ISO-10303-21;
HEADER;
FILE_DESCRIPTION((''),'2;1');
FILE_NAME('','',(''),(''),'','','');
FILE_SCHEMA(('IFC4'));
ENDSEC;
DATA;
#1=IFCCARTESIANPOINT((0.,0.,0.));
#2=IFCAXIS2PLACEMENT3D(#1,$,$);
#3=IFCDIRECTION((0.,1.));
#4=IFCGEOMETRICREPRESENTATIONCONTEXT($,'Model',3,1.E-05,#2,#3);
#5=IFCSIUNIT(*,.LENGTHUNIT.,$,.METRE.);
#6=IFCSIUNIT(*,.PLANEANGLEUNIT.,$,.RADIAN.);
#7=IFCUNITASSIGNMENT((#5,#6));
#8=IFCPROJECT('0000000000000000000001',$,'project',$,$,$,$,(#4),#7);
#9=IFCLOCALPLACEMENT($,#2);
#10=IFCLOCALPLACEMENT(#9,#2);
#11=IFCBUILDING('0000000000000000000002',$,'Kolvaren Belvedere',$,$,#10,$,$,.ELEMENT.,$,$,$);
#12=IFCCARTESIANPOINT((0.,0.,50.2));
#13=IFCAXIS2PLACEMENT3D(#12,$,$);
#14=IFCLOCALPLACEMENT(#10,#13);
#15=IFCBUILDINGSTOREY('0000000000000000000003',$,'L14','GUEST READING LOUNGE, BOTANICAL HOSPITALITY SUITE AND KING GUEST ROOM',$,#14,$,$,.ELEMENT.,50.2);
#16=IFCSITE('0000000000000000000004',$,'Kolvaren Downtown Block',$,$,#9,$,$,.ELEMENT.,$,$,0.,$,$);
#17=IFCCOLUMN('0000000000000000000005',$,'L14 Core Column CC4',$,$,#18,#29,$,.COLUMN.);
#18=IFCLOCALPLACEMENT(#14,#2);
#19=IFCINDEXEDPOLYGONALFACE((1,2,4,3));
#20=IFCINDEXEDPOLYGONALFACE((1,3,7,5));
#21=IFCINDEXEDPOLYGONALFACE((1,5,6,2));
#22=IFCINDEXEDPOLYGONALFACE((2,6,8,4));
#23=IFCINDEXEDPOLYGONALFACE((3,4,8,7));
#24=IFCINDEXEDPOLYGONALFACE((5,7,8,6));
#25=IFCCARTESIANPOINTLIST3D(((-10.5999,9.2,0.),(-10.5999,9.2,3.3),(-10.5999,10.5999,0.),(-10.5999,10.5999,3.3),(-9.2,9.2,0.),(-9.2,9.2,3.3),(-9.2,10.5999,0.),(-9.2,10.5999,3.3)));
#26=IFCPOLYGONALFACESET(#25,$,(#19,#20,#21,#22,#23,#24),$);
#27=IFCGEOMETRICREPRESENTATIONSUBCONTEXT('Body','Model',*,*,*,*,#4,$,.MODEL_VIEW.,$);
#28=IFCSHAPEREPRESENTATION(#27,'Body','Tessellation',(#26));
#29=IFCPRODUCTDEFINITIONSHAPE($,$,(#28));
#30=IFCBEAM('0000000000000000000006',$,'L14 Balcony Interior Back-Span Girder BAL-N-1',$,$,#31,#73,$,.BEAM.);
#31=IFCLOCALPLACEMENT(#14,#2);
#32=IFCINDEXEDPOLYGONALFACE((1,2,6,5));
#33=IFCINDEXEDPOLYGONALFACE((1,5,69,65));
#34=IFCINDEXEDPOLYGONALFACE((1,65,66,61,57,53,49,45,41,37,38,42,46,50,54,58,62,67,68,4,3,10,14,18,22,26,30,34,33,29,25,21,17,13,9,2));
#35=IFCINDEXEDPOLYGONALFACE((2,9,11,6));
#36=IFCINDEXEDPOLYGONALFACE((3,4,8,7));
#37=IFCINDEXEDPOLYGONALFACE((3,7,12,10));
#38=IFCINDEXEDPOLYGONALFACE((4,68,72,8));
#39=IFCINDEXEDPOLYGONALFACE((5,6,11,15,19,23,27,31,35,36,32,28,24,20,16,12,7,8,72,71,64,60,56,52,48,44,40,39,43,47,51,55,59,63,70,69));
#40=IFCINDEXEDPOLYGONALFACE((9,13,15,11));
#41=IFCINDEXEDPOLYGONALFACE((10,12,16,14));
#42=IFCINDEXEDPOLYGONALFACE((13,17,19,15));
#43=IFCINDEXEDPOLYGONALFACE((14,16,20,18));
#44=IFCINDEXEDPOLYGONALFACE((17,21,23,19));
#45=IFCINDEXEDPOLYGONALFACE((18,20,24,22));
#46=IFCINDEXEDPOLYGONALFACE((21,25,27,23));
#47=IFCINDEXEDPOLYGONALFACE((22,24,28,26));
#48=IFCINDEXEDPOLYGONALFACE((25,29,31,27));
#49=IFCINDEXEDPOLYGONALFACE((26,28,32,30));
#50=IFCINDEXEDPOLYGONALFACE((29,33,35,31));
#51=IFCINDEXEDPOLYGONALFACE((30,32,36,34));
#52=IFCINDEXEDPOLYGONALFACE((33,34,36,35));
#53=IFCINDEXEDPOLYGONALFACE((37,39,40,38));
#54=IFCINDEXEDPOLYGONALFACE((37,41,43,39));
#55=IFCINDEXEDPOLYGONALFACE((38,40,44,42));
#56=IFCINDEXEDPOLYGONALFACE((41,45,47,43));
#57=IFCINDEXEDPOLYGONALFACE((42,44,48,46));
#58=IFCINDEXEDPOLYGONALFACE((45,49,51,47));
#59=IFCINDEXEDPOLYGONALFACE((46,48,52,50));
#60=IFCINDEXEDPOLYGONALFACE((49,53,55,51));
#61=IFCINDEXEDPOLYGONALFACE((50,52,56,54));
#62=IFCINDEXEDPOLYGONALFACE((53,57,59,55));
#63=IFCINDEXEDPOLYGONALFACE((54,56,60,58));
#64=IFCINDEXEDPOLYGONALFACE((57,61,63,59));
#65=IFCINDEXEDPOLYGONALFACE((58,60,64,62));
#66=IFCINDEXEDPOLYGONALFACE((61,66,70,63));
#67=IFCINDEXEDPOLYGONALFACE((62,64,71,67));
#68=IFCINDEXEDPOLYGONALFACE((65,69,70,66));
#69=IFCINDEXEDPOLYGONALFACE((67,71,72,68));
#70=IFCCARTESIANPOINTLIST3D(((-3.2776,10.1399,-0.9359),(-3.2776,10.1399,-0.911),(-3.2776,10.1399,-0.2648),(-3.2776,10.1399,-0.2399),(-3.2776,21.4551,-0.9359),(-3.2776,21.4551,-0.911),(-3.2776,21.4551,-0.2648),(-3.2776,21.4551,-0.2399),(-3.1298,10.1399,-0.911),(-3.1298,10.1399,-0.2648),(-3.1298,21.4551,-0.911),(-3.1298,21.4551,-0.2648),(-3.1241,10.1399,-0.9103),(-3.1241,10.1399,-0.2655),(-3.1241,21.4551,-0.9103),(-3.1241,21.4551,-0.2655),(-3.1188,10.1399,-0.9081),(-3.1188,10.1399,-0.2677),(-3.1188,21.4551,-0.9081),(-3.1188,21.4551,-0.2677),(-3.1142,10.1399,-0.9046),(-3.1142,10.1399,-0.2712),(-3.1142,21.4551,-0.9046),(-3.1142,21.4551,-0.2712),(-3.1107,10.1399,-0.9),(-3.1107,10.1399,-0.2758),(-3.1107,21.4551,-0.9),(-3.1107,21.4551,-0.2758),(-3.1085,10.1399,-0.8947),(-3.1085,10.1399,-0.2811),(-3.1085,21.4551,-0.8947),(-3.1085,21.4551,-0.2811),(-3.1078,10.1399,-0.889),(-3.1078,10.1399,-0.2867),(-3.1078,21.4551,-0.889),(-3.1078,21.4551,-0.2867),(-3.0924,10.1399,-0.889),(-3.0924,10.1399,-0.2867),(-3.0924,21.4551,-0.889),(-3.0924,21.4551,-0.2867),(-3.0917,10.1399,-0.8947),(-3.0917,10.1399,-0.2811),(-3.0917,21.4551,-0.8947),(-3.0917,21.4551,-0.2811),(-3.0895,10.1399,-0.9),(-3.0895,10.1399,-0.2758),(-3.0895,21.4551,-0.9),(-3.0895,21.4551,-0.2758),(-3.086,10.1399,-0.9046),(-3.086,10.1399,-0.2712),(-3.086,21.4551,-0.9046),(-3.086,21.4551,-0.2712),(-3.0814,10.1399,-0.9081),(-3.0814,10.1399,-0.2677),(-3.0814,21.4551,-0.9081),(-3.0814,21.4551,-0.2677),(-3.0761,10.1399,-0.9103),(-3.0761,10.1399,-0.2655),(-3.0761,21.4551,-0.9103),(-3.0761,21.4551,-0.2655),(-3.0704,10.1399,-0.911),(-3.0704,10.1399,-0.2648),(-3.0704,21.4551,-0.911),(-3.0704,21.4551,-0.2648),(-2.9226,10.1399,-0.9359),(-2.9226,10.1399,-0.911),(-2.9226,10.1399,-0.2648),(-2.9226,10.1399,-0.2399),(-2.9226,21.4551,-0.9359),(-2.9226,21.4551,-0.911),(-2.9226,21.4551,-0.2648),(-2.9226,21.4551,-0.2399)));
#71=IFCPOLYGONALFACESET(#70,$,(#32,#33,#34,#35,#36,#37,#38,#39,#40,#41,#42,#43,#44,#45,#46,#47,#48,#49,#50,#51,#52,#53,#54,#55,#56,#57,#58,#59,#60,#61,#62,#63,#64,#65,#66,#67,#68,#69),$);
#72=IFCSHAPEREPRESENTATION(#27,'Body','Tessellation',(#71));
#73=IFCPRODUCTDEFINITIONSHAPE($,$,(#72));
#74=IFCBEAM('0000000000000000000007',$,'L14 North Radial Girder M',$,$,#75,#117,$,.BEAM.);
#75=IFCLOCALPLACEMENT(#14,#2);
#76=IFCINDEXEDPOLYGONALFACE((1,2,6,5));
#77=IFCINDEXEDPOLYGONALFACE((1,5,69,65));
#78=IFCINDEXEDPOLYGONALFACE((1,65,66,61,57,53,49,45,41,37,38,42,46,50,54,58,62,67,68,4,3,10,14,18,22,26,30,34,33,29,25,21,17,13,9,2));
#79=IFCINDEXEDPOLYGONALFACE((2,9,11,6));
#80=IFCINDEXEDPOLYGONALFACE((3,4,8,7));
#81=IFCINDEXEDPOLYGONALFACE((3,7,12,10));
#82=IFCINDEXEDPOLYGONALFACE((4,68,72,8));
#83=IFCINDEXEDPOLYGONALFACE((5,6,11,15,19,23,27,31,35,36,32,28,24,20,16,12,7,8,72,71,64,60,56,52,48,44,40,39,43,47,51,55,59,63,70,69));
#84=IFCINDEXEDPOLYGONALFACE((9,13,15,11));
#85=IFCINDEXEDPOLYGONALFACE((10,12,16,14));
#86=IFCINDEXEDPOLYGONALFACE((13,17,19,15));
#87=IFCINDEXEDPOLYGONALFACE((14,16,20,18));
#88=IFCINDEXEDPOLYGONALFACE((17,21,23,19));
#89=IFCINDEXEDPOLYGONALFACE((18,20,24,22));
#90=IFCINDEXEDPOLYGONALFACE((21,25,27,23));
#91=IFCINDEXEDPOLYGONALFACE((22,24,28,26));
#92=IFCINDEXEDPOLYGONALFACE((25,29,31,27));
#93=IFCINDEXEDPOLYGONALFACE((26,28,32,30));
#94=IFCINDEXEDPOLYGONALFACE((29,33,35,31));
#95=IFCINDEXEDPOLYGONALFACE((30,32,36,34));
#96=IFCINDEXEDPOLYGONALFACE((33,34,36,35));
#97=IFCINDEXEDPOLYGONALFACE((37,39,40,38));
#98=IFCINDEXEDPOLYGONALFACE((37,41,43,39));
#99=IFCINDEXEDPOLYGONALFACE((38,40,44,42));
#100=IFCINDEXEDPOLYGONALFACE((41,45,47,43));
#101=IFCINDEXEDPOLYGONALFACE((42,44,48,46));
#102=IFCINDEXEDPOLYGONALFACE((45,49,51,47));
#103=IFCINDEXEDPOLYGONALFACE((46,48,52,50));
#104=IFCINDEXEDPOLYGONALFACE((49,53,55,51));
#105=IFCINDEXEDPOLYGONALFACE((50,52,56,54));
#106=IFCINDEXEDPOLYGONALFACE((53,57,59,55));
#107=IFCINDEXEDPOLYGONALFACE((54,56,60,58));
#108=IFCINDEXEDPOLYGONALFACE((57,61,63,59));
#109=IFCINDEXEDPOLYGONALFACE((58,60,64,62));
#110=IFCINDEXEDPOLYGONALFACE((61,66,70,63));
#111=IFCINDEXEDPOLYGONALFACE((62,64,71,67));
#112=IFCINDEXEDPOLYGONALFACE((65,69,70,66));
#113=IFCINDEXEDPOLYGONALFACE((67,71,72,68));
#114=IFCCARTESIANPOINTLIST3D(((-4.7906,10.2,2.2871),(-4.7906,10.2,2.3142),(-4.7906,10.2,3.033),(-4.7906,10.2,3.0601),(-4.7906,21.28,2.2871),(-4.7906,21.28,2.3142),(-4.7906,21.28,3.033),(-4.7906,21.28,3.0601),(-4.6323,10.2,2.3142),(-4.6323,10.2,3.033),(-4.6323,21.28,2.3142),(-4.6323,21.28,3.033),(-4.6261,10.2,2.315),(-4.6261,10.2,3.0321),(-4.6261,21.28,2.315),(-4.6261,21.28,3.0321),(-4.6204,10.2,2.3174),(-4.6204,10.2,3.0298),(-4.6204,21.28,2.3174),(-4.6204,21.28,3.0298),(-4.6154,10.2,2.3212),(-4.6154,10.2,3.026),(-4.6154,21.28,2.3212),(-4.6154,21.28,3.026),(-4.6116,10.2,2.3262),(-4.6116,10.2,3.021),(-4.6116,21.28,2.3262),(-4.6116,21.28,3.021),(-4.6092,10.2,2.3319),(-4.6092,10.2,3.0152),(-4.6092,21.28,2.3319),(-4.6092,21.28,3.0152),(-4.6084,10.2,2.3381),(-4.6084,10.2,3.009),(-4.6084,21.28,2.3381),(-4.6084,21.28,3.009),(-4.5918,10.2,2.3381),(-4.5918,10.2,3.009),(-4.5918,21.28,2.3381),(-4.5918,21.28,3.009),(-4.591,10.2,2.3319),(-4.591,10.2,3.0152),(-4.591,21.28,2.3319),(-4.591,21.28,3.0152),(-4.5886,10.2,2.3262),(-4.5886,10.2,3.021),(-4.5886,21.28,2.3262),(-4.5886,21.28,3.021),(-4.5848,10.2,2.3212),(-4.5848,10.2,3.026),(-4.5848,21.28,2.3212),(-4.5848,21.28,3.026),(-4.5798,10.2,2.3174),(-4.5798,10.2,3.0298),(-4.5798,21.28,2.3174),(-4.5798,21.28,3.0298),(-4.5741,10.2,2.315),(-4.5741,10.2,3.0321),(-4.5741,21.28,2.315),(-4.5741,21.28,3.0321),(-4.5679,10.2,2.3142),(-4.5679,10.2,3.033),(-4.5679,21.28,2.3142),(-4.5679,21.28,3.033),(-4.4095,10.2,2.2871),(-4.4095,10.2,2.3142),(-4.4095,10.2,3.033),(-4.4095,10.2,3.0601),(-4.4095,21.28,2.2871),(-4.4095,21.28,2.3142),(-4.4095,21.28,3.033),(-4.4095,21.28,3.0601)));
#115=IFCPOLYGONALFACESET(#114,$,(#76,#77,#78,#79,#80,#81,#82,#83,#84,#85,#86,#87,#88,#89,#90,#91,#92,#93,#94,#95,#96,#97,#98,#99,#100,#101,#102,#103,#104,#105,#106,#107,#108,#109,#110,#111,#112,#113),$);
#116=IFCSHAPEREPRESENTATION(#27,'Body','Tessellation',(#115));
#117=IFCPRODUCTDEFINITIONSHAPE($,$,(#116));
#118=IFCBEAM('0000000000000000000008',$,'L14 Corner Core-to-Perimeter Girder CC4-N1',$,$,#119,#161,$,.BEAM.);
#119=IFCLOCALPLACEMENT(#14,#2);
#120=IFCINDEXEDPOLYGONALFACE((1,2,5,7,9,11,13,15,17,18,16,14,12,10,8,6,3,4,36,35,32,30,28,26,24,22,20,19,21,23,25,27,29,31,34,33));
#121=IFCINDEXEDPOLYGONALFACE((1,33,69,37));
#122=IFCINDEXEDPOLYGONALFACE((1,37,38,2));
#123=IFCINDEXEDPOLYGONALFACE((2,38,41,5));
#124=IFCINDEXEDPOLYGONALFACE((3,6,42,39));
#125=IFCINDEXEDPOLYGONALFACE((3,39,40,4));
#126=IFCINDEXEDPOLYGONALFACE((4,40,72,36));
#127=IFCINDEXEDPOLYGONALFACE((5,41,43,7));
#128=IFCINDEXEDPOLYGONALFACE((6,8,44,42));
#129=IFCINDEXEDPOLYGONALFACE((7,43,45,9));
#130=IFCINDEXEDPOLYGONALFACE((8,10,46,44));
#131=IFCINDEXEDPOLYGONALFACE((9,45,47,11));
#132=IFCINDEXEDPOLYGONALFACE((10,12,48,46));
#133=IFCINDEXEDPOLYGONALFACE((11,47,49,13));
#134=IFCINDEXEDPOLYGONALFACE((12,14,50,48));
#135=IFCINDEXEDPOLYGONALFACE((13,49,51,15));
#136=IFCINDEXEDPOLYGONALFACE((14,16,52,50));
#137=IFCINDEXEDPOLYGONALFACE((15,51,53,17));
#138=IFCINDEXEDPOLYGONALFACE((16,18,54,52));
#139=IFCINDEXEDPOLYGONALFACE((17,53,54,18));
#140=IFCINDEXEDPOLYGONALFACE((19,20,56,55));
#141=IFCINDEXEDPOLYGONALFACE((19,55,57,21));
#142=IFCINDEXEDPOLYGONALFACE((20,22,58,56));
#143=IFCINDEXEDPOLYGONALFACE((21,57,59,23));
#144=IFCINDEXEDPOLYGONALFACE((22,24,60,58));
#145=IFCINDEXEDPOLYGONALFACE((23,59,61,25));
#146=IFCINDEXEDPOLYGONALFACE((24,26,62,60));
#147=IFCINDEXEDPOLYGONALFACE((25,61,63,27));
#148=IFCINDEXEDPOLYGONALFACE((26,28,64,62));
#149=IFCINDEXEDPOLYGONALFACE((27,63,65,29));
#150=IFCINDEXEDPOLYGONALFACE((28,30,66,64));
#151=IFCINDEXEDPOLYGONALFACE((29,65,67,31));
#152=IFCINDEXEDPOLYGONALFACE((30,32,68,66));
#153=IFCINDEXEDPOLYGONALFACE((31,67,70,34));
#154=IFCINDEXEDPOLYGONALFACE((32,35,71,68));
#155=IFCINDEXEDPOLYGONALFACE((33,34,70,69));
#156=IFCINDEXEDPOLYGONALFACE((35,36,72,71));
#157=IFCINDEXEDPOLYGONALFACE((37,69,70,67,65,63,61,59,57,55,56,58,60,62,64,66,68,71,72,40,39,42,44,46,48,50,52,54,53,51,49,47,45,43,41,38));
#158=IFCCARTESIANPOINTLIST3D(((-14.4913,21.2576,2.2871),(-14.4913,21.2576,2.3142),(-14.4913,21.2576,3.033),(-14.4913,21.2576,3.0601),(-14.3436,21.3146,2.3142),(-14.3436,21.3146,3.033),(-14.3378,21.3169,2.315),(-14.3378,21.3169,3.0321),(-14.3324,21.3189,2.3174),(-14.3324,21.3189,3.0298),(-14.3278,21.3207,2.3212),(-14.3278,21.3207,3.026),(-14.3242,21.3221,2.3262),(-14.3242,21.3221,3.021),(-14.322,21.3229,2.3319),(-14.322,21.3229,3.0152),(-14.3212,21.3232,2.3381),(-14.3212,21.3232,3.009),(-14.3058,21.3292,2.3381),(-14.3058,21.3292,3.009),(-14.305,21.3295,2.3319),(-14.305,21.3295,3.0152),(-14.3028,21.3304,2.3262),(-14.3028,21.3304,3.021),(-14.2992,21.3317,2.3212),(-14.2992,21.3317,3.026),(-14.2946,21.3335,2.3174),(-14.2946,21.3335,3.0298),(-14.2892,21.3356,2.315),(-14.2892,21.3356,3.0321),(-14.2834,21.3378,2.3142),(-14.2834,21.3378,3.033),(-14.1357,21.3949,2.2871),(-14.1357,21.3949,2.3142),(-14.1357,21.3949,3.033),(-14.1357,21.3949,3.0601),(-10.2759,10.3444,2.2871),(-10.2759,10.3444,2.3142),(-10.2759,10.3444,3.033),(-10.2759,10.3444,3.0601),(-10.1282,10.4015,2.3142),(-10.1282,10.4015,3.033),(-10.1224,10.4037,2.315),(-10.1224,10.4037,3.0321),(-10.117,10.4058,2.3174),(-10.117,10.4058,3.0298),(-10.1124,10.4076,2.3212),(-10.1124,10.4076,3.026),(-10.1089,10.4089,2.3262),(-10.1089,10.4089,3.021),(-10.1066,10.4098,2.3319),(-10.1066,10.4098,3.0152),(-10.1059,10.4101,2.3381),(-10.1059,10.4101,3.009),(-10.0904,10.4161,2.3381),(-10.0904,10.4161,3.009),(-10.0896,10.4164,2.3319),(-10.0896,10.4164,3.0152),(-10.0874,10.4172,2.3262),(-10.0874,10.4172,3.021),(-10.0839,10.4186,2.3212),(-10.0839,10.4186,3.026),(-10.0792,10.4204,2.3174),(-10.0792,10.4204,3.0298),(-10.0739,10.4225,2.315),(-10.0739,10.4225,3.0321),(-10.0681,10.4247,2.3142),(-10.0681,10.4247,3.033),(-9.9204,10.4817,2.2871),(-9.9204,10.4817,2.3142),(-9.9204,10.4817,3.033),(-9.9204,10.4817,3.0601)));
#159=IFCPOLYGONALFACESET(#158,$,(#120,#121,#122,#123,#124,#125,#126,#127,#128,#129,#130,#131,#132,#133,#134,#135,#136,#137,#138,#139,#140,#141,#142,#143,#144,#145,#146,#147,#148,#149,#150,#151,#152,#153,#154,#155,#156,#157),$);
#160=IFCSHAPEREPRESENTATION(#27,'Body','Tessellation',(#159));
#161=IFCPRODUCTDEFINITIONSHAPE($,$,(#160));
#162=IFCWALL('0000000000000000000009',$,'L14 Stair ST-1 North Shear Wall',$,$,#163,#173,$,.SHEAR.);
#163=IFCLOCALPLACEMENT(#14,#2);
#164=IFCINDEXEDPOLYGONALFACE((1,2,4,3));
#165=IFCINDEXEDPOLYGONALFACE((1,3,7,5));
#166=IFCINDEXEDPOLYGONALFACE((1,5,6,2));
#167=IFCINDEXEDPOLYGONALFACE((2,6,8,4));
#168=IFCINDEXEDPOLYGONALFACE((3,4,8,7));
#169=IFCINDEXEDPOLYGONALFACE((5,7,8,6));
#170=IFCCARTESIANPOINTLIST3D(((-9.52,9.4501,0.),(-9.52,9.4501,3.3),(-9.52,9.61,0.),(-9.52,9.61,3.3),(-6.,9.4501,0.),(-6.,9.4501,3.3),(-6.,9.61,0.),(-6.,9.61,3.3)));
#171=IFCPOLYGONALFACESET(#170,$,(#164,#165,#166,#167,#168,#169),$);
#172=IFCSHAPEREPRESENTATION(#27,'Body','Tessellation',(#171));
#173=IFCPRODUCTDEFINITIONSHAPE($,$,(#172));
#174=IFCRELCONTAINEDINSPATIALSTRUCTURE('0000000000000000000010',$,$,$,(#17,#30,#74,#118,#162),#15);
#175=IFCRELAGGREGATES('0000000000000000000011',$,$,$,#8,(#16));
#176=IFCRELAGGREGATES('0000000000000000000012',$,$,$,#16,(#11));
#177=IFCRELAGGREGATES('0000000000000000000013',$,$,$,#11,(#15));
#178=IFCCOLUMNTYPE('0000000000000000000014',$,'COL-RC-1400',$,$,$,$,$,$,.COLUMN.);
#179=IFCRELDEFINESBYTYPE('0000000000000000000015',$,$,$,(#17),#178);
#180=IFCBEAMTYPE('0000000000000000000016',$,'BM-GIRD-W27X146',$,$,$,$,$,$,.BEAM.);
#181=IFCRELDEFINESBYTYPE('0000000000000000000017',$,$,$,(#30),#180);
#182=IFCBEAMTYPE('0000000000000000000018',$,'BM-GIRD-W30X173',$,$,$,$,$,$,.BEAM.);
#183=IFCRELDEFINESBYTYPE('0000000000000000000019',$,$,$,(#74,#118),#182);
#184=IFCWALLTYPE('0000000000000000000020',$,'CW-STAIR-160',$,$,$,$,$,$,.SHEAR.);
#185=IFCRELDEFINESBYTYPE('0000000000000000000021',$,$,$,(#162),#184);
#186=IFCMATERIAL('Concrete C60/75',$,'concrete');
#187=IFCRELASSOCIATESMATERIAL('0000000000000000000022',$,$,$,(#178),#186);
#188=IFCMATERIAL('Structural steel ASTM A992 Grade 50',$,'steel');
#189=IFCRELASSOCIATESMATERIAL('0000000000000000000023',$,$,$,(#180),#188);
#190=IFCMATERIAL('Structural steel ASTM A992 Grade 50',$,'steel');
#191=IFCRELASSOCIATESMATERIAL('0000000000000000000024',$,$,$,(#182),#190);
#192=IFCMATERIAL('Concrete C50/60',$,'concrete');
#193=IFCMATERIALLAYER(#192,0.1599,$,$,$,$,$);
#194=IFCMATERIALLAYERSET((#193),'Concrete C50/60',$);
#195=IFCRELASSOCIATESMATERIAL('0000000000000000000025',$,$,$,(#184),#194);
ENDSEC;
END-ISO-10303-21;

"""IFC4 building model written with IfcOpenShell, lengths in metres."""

from ifc_helpers import new_model, si_unit, direction, frame, frame_2d, origin, origin_2d, place, context, subcontext, project, spatial, rectangle, i_section, extrude, material, layer, layer_set, material_profile, profile_set, type_object, element, save


model = new_model("IFC4")

# Units and contexts
model_context = context("Model", 3, precision=1e-05, world=origin(), true_north=direction((0.0, 1.0)))
body_context = subcontext(model_context, "Body", "Model", "MODEL_VIEW")
ifc_project = project(units=[si_unit("LENGTHUNIT", "METRE"), si_unit("PLANEANGLEUNIT", "RADIAN")], contexts=[model_context])

# Site, building, storey
site_placement = place(None, origin())
site = spatial("IfcSite", under=ifc_project, at=site_placement, Name="Kolvaren Downtown Block", CompositionType="ELEMENT", RefElevation=0.0)
building_placement = place(site_placement, origin())
building = spatial("IfcBuilding", under=site, at=building_placement, Name="Kolvaren Belvedere", CompositionType="ELEMENT")
storey_placement = place(building_placement, frame((0.0, 0.0, 50.2)))
storey = spatial("IfcBuildingStorey", under=building, at=storey_placement, Name="L14", Description="GUEST READING LOUNGE, BOTANICAL HOSPITALITY SUITE AND KING GUEST ROOM", CompositionType="ELEMENT", Elevation=50.2)

# Column
ifc_material_1 = material(Name="Concrete C60/75", Category="concrete")
ifc_material_profile_1 = material_profile(ifc_material_1, rectangle(XDim=1.3999, YDim=1.3999, at=origin_2d()), Name="RC 1400X1400")
ifc_profile_set_1 = profile_set([ifc_material_profile_1], Name="Concrete C60/75")
column_type = type_object("IfcColumnType", Name="COL-RC-1400", PredefinedType="COLUMN", material=ifc_profile_set_1)
column_placement = place(storey_placement, frame((-9.8999, 9.8999, 0.0), z_axis=(0.0, 0.0, 1.0), x_axis=(1.0, 0.0, 0.0)))
element("IfcColumn", 1, at=column_placement, inside=storey, type_object=column_type, Name="L14 Core Column CC4", PredefinedType="COLUMN", context=body_context, shape_type="SweptSolid", body=[
    extrude(rectangle(XDim=1.3999, YDim=1.3999, at=origin_2d()), origin(), (0.0, 0.0, 1.0), 3.3),
])

# Beams
ifc_material_2 = material(Name="Structural steel ASTM A992 Grade 50", Category="steel")
ifc_material_profile_2 = material_profile(ifc_material_2, i_section(OverallWidth=0.355, OverallDepth=0.696, WebThickness=0.0154, FlangeThickness=0.0249, FilletRadius=0.022, at=origin_2d()), Name="W27X146")
ifc_profile_set_2 = profile_set([ifc_material_profile_2], Name="Structural steel ASTM A992 Grade 50")
beam_type_1 = type_object("IfcBeamType", Name="BM-GIRD-W27X146", PredefinedType="BEAM", material=ifc_profile_set_2)
beam_1_placement = place(storey_placement, frame((-3.1001, 10.1399, -0.5879), z_axis=(0.0, 1.0, 0.0), x_axis=(-1.0, 0.0, 0.0)))
element("IfcBeam", 2, at=beam_1_placement, inside=storey, type_object=beam_type_1, Name="L14 Balcony Interior Back-Span Girder BAL-N-1", PredefinedType="BEAM", context=body_context, shape_type="SweptSolid", body=[
    extrude(i_section(OverallWidth=0.355, OverallDepth=0.696, WebThickness=0.0154, FlangeThickness=0.0249, FilletRadius=0.022, at=origin_2d()), origin(), (0.0, 0.0, 1.0), 11.3152),
])
ifc_material_3 = material(Name="Structural steel ASTM A992 Grade 50", Category="steel")
ifc_material_profile_3 = material_profile(ifc_material_3, i_section(OverallWidth=0.3811, OverallDepth=0.7729, WebThickness=0.0166, FlangeThickness=0.0271, FilletRadius=0.0239, at=origin_2d()), Name="W30X173")
ifc_profile_set_3 = profile_set([ifc_material_profile_3], Name="Structural steel ASTM A992 Grade 50")
beam_type_2 = type_object("IfcBeamType", Name="BM-GIRD-W30X173", PredefinedType="BEAM", material=ifc_profile_set_3)
beam_2_placement = place(storey_placement, frame((-4.6001, 10.2, 2.6736), z_axis=(0.0, 1.0, 0.0), x_axis=(-1.0, 0.0, 0.0)))
element("IfcBeam", 3, at=beam_2_placement, inside=storey, type_object=beam_type_2, Name="L14 North Radial Girder M", PredefinedType="BEAM", context=body_context, shape_type="SweptSolid", body=[
    extrude(i_section(OverallWidth=0.3811, OverallDepth=0.7729, WebThickness=0.0166, FlangeThickness=0.0271, FilletRadius=0.0239, at=origin_2d()), origin(), (0.0, 0.0, 1.0), 11.0801),
])
beam_3_placement = place(storey_placement, frame((-10.0981, 10.4131, 2.6736), z_axis=(-0.360318, 0.932829, 0.0), x_axis=(-0.932829, -0.360318, 0.0)))
element("IfcBeam", 4, at=beam_3_placement, inside=storey, type_object=beam_type_2, Name="L14 Corner Core-to-Perimeter Girder CC4-N1", PredefinedType="BEAM", context=body_context, shape_type="SweptSolid", body=[
    extrude(i_section(OverallWidth=0.3811, OverallDepth=0.7729, WebThickness=0.0166, FlangeThickness=0.0271, FilletRadius=0.0239, at=origin_2d()), origin(), (0.0, 0.0, 1.0), 11.699),
])

# Wall
ifc_material_4 = material(Name="Concrete C50/60", Category="concrete")
ifc_layer_1 = layer(ifc_material_4, 0.1599)
ifc_layer_set_1 = layer_set([ifc_layer_1], Name="Concrete C50/60")
wall_type_1 = type_object("IfcWallType", Name="CW-STAIR-160", PredefinedType="SHEAR", material=ifc_layer_set_1)
wall_1_placement = place(storey_placement, frame((-9.52, 9.53, 0.0), z_axis=(0.0, 0.0, 1.0), x_axis=(1.0, 0.0, 0.0)))
element("IfcWall", 5, at=wall_1_placement, inside=storey, type_object=wall_type_1, Name="L14 Stair ST-1 North Shear Wall", PredefinedType="SHEAR", context=body_context, shape_type="SweptSolid", body=[
    extrude(rectangle(XDim=3.52, YDim=0.1599, at=frame_2d((1.76, 0.0))), origin(), (0.0, 0.0, 1.0), 3.3),
])

save(model, "model.ifc")
